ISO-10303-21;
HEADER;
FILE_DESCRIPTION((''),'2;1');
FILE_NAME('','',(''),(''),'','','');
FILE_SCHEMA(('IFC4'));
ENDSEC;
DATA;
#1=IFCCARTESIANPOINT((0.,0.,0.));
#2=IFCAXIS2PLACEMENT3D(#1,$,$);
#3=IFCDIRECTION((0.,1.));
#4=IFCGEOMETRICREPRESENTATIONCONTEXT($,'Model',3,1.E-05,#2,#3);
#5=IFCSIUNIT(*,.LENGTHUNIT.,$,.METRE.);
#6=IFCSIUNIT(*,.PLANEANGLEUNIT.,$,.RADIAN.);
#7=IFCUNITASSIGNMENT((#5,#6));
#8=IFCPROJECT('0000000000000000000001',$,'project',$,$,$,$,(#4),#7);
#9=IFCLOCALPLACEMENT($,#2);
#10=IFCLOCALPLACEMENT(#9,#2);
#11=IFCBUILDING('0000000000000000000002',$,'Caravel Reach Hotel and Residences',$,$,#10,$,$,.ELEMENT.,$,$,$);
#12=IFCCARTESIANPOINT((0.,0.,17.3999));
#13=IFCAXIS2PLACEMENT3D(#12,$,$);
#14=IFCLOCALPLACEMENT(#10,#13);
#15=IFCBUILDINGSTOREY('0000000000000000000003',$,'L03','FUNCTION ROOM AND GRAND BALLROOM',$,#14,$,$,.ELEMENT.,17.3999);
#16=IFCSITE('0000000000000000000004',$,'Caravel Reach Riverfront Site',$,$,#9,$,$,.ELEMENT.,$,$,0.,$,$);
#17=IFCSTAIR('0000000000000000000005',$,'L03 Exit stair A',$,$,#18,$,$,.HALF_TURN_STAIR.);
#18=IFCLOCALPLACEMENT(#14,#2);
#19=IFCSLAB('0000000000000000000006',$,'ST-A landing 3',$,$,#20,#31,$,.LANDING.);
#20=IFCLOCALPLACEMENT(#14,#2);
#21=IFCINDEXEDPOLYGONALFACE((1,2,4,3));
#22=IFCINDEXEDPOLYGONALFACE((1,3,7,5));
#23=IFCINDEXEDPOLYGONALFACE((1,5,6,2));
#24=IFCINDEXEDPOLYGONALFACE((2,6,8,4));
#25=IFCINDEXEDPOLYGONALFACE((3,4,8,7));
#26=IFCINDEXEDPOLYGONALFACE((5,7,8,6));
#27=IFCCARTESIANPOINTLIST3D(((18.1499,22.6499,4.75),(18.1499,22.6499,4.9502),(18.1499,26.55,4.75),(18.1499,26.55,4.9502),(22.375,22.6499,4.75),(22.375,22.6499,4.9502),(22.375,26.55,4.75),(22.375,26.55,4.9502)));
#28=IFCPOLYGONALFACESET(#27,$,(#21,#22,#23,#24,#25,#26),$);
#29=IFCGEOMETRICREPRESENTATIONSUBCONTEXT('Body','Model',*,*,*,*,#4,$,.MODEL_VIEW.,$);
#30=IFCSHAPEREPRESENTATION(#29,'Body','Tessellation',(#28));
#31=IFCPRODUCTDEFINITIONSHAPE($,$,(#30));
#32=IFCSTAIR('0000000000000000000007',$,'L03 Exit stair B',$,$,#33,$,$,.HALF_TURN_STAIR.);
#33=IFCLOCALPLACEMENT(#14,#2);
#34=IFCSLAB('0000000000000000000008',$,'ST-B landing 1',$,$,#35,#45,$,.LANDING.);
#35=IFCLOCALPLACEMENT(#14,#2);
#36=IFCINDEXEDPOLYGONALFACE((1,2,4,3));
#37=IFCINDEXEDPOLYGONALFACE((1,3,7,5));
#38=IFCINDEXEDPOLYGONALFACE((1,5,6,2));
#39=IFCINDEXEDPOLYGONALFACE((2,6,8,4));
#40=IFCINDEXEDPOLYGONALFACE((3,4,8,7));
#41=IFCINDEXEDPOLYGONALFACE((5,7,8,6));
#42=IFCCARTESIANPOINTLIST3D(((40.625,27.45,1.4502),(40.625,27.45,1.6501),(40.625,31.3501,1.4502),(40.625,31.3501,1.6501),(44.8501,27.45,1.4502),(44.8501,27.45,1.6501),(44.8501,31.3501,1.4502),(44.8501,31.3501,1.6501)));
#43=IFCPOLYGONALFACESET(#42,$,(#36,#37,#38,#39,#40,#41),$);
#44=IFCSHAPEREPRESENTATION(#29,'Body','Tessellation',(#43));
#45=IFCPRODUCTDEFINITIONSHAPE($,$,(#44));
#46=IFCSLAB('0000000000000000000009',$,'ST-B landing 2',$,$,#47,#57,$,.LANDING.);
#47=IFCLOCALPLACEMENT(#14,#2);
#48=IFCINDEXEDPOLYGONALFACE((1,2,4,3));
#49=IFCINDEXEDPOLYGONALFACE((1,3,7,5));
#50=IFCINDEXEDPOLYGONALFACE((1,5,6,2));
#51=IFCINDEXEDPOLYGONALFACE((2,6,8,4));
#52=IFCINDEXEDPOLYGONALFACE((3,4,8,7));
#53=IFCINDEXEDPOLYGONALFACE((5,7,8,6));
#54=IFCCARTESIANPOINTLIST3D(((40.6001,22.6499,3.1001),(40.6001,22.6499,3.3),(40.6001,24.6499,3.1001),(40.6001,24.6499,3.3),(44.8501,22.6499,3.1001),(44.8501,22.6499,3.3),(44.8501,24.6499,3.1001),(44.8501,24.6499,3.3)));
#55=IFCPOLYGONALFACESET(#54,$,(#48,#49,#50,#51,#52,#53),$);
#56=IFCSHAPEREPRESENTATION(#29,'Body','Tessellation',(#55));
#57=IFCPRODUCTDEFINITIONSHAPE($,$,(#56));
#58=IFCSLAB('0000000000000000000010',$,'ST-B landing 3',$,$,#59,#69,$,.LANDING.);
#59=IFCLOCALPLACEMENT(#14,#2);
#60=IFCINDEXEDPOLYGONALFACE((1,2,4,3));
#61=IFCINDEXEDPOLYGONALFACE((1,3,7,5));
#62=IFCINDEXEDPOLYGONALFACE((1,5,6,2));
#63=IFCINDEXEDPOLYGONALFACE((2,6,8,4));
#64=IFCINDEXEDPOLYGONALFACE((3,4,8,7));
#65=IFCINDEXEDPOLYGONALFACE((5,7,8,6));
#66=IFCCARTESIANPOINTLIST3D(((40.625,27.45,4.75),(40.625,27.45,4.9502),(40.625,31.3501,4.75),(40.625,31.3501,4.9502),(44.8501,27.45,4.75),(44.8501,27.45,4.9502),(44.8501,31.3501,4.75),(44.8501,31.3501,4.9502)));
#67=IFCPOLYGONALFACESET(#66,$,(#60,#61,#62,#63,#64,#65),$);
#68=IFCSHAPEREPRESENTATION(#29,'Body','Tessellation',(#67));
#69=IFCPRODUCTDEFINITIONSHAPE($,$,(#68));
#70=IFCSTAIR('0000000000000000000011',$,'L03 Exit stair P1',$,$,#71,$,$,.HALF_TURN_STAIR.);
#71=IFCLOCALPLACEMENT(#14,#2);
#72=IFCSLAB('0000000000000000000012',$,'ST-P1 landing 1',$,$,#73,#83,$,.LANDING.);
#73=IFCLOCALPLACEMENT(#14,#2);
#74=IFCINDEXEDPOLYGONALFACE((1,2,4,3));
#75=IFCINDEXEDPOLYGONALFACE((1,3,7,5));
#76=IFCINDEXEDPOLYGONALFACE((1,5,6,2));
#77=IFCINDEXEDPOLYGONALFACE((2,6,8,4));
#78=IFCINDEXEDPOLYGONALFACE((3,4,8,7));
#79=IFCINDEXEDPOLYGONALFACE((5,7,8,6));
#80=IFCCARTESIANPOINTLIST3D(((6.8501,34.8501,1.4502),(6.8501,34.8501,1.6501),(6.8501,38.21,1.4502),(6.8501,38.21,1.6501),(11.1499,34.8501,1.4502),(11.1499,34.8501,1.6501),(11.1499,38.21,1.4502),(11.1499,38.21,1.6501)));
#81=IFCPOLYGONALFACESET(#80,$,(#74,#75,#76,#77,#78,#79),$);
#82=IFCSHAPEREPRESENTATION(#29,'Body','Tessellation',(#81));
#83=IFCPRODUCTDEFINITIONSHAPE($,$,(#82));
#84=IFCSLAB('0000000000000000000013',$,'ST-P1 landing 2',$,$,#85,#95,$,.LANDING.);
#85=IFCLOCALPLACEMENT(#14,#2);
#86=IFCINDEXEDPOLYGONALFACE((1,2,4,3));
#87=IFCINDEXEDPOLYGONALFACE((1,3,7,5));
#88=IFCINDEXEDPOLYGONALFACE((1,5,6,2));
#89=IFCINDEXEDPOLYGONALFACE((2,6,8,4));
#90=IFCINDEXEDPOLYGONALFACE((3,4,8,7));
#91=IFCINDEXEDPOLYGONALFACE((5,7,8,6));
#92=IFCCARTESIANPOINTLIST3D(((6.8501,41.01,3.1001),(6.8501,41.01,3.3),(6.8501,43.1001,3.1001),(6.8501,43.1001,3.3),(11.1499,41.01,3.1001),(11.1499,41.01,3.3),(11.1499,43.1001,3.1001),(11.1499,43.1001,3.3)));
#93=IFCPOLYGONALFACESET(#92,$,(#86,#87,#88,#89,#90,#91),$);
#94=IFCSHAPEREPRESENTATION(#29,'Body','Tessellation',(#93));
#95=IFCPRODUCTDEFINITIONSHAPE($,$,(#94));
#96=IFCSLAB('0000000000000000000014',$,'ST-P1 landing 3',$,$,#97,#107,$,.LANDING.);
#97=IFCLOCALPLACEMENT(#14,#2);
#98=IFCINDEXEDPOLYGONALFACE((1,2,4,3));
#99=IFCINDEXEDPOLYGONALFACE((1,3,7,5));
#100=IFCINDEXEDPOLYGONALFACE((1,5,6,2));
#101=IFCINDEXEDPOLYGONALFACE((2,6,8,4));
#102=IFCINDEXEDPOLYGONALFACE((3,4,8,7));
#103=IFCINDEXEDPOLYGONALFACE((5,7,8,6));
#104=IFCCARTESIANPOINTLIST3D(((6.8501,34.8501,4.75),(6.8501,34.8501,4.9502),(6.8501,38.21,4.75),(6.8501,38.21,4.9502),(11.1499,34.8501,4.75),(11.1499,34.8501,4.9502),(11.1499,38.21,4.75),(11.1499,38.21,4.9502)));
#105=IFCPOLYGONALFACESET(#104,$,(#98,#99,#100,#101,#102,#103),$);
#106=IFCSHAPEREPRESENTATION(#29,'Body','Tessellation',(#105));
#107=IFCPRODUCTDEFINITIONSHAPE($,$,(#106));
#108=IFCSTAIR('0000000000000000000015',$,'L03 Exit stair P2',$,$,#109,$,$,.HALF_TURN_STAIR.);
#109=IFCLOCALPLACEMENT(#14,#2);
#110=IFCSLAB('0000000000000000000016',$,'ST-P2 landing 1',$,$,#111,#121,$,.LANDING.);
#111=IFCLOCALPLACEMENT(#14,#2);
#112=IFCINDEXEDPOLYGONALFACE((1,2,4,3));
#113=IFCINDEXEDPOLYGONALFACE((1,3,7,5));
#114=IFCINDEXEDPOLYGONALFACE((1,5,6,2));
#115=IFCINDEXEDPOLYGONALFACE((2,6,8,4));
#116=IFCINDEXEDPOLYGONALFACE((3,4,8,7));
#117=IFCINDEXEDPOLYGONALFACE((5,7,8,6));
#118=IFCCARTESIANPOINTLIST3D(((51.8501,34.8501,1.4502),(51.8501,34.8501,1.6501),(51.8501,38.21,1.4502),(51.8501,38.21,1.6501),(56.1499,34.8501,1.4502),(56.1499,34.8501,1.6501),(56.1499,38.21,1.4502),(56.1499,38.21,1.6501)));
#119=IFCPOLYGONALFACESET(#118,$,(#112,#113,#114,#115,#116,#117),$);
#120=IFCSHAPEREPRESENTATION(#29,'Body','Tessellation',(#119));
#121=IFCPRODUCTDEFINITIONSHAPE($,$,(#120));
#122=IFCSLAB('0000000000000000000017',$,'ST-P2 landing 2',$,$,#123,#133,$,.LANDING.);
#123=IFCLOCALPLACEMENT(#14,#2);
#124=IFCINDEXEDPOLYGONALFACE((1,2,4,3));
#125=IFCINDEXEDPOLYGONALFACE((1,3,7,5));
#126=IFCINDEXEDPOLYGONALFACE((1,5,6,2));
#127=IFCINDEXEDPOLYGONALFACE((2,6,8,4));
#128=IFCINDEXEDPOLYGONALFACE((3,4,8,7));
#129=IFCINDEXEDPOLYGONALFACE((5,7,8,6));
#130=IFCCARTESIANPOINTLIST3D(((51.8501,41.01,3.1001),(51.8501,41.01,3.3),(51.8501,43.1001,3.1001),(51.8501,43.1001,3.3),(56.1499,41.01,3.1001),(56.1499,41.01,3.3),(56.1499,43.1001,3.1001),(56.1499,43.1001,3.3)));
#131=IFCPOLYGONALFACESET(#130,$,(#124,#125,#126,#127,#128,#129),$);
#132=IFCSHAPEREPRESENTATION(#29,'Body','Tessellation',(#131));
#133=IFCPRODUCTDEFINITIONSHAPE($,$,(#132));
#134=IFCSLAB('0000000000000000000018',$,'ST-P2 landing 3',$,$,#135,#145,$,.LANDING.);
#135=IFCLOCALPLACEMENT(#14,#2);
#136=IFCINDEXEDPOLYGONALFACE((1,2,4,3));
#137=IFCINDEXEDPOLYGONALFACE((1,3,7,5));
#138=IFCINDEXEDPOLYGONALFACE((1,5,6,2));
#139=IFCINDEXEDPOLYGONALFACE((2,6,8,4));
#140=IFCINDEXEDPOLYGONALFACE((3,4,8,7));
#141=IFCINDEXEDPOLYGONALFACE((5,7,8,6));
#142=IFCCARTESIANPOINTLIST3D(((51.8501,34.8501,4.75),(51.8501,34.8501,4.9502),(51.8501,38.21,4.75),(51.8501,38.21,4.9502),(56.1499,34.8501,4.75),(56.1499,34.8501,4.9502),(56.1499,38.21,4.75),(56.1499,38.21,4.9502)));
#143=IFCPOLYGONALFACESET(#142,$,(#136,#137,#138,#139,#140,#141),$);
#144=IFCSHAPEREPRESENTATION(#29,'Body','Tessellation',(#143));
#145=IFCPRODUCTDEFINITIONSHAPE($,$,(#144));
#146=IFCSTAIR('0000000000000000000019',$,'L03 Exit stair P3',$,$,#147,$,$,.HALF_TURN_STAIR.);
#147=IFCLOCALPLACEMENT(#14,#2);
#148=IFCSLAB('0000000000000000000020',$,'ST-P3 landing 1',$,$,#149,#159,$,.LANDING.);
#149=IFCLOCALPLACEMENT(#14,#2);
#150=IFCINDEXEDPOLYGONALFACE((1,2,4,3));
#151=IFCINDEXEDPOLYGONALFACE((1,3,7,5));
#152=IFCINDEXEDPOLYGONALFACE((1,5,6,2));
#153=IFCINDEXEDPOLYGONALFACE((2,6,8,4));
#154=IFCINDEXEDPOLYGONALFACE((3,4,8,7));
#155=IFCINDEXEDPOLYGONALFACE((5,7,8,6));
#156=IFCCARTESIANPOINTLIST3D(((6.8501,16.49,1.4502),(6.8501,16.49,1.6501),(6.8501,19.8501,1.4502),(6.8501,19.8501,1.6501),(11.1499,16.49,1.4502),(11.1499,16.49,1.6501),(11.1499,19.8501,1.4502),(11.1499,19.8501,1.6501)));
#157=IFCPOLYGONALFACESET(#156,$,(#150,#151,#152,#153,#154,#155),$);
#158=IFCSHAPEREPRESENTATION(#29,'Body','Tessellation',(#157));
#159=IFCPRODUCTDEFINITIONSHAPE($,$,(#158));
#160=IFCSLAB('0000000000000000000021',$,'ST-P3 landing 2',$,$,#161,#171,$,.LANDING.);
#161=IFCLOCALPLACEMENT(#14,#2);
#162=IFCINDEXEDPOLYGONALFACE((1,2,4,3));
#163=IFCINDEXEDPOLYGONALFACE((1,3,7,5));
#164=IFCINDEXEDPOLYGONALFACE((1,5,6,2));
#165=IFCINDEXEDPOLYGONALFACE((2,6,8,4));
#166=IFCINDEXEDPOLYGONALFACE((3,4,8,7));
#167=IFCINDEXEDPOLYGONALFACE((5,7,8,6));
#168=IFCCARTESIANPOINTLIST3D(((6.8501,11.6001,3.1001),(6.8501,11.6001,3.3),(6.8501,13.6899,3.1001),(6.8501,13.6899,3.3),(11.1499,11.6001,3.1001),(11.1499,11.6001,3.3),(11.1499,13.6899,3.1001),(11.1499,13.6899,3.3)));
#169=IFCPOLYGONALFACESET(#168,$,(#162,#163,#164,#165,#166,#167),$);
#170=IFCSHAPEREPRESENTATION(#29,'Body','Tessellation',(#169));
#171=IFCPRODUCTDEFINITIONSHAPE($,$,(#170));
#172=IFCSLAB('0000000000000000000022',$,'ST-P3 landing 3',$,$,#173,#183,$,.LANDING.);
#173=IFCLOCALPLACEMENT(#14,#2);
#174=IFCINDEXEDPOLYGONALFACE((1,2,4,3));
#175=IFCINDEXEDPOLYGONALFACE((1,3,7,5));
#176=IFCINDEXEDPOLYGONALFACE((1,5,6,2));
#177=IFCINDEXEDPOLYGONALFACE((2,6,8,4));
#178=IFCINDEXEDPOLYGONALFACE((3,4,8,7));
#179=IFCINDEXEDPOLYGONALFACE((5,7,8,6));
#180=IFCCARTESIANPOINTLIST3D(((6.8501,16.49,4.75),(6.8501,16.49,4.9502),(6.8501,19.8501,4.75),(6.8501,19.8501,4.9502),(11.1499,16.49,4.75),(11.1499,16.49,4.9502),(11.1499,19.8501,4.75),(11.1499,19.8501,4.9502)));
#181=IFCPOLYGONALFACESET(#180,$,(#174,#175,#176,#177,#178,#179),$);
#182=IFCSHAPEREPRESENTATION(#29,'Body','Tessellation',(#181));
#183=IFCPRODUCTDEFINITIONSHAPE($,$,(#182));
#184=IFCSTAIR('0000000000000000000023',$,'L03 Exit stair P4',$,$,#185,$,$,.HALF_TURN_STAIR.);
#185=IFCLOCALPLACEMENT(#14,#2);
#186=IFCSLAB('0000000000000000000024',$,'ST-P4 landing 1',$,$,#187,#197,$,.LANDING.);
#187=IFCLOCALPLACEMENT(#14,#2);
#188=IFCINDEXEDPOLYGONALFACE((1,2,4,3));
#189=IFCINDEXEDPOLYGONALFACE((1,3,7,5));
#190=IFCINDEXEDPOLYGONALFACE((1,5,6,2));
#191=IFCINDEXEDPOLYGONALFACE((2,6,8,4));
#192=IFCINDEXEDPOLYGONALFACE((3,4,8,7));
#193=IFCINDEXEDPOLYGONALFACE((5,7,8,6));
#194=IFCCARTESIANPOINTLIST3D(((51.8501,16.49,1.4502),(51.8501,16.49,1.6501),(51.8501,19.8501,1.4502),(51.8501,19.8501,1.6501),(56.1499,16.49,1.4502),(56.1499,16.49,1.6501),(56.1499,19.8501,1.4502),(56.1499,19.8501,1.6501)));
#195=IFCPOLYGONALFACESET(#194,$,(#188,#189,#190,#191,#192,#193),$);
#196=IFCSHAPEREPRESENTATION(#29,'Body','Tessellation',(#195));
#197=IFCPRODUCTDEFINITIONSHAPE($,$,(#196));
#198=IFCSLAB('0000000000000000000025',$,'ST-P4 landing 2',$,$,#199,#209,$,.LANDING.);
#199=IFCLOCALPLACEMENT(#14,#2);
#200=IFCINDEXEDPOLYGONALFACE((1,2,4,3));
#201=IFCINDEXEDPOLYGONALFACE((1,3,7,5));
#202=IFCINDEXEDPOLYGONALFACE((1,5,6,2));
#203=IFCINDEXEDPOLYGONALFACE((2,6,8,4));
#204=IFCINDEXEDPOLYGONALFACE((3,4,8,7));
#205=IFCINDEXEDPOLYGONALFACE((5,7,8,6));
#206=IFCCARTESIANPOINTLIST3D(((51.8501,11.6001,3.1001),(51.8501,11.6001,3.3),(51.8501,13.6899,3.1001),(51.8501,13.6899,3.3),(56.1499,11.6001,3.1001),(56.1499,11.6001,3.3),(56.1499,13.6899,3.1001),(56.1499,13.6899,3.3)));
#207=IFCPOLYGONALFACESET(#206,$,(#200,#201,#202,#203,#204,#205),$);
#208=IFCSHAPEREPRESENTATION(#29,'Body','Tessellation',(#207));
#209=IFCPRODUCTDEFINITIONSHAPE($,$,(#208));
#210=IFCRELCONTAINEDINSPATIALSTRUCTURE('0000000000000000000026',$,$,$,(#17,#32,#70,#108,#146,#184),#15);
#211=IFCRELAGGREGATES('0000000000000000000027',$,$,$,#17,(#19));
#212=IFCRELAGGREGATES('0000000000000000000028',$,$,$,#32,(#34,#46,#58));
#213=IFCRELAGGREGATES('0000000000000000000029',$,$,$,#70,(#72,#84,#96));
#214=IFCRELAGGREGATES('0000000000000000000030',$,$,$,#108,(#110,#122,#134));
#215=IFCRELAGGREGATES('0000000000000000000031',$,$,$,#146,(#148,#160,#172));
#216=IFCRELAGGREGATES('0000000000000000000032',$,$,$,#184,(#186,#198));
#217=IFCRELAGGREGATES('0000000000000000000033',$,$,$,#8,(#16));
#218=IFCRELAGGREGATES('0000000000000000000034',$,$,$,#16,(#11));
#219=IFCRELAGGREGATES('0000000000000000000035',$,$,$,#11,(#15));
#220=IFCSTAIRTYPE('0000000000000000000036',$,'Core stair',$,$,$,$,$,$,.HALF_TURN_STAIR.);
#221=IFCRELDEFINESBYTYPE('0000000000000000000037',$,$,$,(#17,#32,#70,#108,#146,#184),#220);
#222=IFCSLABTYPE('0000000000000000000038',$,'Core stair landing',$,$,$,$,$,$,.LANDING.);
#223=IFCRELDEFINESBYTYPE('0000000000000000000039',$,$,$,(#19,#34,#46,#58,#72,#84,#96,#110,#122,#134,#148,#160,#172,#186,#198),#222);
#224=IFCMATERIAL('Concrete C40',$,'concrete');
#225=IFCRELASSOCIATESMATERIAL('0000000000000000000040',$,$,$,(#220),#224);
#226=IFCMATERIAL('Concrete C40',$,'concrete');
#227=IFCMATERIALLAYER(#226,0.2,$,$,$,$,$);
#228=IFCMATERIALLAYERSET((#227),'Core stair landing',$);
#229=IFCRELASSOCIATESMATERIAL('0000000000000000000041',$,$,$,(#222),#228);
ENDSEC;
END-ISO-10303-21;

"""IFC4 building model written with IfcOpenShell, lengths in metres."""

from ifc_helpers import new_model, si_unit, direction, frame, origin, place, context, subcontext, project, spatial, polyline, outline, extrude, material, layer, layer_set, type_object, element, aggregate, save


model = new_model("IFC4")

# Units and contexts
model_context = context("Model", 3, precision=1e-05, world=origin(), true_north=direction((0.0, 1.0)))
body_context = subcontext(model_context, "Body", "Model", "MODEL_VIEW")
ifc_project = project(units=[si_unit("LENGTHUNIT", "METRE"), si_unit("PLANEANGLEUNIT", "RADIAN")], contexts=[model_context])

# Site, building, storey
site_placement = place(None, origin())
site = spatial("IfcSite", under=ifc_project, at=site_placement, Name="Caravel Reach Riverfront Site", CompositionType="ELEMENT", RefElevation=0.0)
building_placement = place(site_placement, origin())
building = spatial("IfcBuilding", under=site, at=building_placement, Name="Caravel Reach Hotel and Residences", CompositionType="ELEMENT")
storey_placement = place(building_placement, frame((0.0, 0.0, 17.3999)))
storey = spatial("IfcBuildingStorey", under=building, at=storey_placement, Name="L03", Description="FUNCTION ROOM AND GRAND BALLROOM", CompositionType="ELEMENT", Elevation=17.3999)

# Stairs, slabs
ifc_material_1 = material(Name="Concrete C40", Category="concrete")
stair_type = type_object("IfcStairType", Name="Core stair", PredefinedType="HALF_TURN_STAIR", material=ifc_material_1)
stair_1_placement = place(storey_placement, origin())
stair_1 = element("IfcStair", 1, at=stair_1_placement, inside=storey, type_object=stair_type, Name="L03 Exit stair A", PredefinedType="HALF_TURN_STAIR")
ifc_material_2 = material(Name="Concrete C40", Category="concrete")
ifc_layer_1 = layer(ifc_material_2, 0.2)
ifc_layer_set_1 = layer_set([ifc_layer_1], Name="Core stair landing")
slab_type_1 = type_object("IfcSlabType", Name="Core stair landing", PredefinedType="LANDING", material=ifc_layer_set_1)
slab_1_placement = place(storey_placement, frame((0.0, 0.0, 4.75)))
slab_1 = element("IfcSlab", 2, at=slab_1_placement, type_object=slab_type_1, Name="ST-A landing 3", PredefinedType="LANDING", context=body_context, shape_type="SweptSolid", body=[
    extrude(outline(polyline([(18.1499, 26.55), (18.1499, 22.6499), (22.375, 22.6499), (22.375, 26.55), (18.1499, 26.55)])), origin(), (0.0, 0.0, 1.0), 0.2002),
])
aggregate(stair_1, [slab_1])
stair_2_placement = place(storey_placement, origin())
stair_2 = element("IfcStair", 3, at=stair_2_placement, inside=storey, type_object=stair_type, Name="L03 Exit stair B", PredefinedType="HALF_TURN_STAIR")
slab_2_placement = place(storey_placement, frame((0.0, 0.0, 1.4502)))
slab_2 = element("IfcSlab", 4, at=slab_2_placement, type_object=slab_type_1, Name="ST-B landing 1", PredefinedType="LANDING", context=body_context, shape_type="SweptSolid", body=[
    extrude(outline(polyline([(44.8501, 27.45), (44.8501, 31.3501), (40.625, 31.3501), (40.625, 27.45), (44.8501, 27.45)])), origin(), (0.0, 0.0, 1.0), 0.2),
])
slab_3_placement = place(storey_placement, frame((0.0, 0.0, 3.1001)))
slab_3 = element("IfcSlab", 5, at=slab_3_placement, type_object=slab_type_1, Name="ST-B landing 2", PredefinedType="LANDING", context=body_context, shape_type="SweptSolid", body=[
    extrude(outline(polyline([(44.8501, 22.6499), (44.8501, 24.6499), (40.6001, 24.6499), (40.6001, 22.6499), (44.8501, 22.6499)])), origin(), (0.0, 0.0, 1.0), 0.2),
])
slab_4_placement = place(storey_placement, frame((0.0, 0.0, 4.75)))
slab_4 = element("IfcSlab", 6, at=slab_4_placement, type_object=slab_type_1, Name="ST-B landing 3", PredefinedType="LANDING", context=body_context, shape_type="SweptSolid", body=[
    extrude(outline(polyline([(44.8501, 27.45), (44.8501, 31.3501), (40.625, 31.3501), (40.625, 27.45), (44.8501, 27.45)])), origin(), (0.0, 0.0, 1.0), 0.2002),
])
aggregate(stair_2, [slab_2, slab_3, slab_4])
stair_3_placement = place(storey_placement, origin())
stair_3 = element("IfcStair", 7, at=stair_3_placement, inside=storey, type_object=stair_type, Name="L03 Exit stair P1", PredefinedType="HALF_TURN_STAIR")
slab_5_placement = place(storey_placement, frame((0.0, 0.0, 1.4502)))
slab_5 = element("IfcSlab", 8, at=slab_5_placement, type_object=slab_type_1, Name="ST-P1 landing 1", PredefinedType="LANDING", context=body_context, shape_type="SweptSolid", body=[
    extrude(outline(polyline([(6.8501, 38.21), (6.8501, 34.8501), (11.1499, 34.8501), (11.1499, 38.21), (6.8501, 38.21)])), origin(), (0.0, 0.0, 1.0), 0.2),
])
slab_6_placement = place(storey_placement, frame((0.0, 0.0, 3.1001)))
slab_6 = element("IfcSlab", 9, at=slab_6_placement, type_object=slab_type_1, Name="ST-P1 landing 2", PredefinedType="LANDING", context=body_context, shape_type="SweptSolid", body=[
    extrude(outline(polyline([(6.8501, 43.1001), (6.8501, 41.01), (11.1499, 41.01), (11.1499, 43.1001), (6.8501, 43.1001)])), origin(), (0.0, 0.0, 1.0), 0.2),
])
slab_7_placement = place(storey_placement, frame((0.0, 0.0, 4.75)))
slab_7 = element("IfcSlab", 10, at=slab_7_placement, type_object=slab_type_1, Name="ST-P1 landing 3", PredefinedType="LANDING", context=body_context, shape_type="SweptSolid", body=[
    extrude(outline(polyline([(6.8501, 38.21), (6.8501, 34.8501), (11.1499, 34.8501), (11.1499, 38.21), (6.8501, 38.21)])), origin(), (0.0, 0.0, 1.0), 0.2002),
])
aggregate(stair_3, [slab_5, slab_6, slab_7])
stair_4_placement = place(storey_placement, origin())
stair_4 = element("IfcStair", 11, at=stair_4_placement, inside=storey, type_object=stair_type, Name="L03 Exit stair P2", PredefinedType="HALF_TURN_STAIR")
slab_8_placement = place(storey_placement, frame((0.0, 0.0, 1.4502)))
slab_8 = element("IfcSlab", 12, at=slab_8_placement, type_object=slab_type_1, Name="ST-P2 landing 1", PredefinedType="LANDING", context=body_context, shape_type="SweptSolid", body=[
    extrude(outline(polyline([(51.8501, 38.21), (51.8501, 34.8501), (56.1499, 34.8501), (56.1499, 38.21), (51.8501, 38.21)])), origin(), (0.0, 0.0, 1.0), 0.2),
])
slab_9_placement = place(storey_placement, frame((0.0, 0.0, 3.1001)))
slab_9 = element("IfcSlab", 13, at=slab_9_placement, type_object=slab_type_1, Name="ST-P2 landing 2", PredefinedType="LANDING", context=body_context, shape_type="SweptSolid", body=[
    extrude(outline(polyline([(51.8501, 43.1001), (51.8501, 41.01), (56.1499, 41.01), (56.1499, 43.1001), (51.8501, 43.1001)])), origin(), (0.0, 0.0, 1.0), 0.2),
])
slab_10_placement = place(storey_placement, frame((0.0, 0.0, 4.75)))
slab_10 = element("IfcSlab", 14, at=slab_10_placement, type_object=slab_type_1, Name="ST-P2 landing 3", PredefinedType="LANDING", context=body_context, shape_type="SweptSolid", body=[
    extrude(outline(polyline([(51.8501, 38.21), (51.8501, 34.8501), (56.1499, 34.8501), (56.1499, 38.21), (51.8501, 38.21)])), origin(), (0.0, 0.0, 1.0), 0.2002),
])
aggregate(stair_4, [slab_8, slab_9, slab_10])
stair_5_placement = place(storey_placement, origin())
stair_5 = element("IfcStair", 15, at=stair_5_placement, inside=storey, type_object=stair_type, Name="L03 Exit stair P3", PredefinedType="HALF_TURN_STAIR")
slab_11_placement = place(storey_placement, frame((0.0, 0.0, 1.4502)))
slab_11 = element("IfcSlab", 16, at=slab_11_placement, type_object=slab_type_1, Name="ST-P3 landing 1", PredefinedType="LANDING", context=body_context, shape_type="SweptSolid", body=[
    extrude(outline(polyline([(11.1499, 16.49), (11.1499, 19.8501), (6.8501, 19.8501), (6.8501, 16.49), (11.1499, 16.49)])), origin(), (0.0, 0.0, 1.0), 0.2),
])
slab_12_placement = place(storey_placement, frame((0.0, 0.0, 3.1001)))
slab_12 = element("IfcSlab", 17, at=slab_12_placement, type_object=slab_type_1, Name="ST-P3 landing 2", PredefinedType="LANDING", context=body_context, shape_type="SweptSolid", body=[
    extrude(outline(polyline([(11.1499, 11.6001), (11.1499, 13.6899), (6.8501, 13.6899), (6.8501, 11.6001), (11.1499, 11.6001)])), origin(), (0.0, 0.0, 1.0), 0.2),
])
slab_13_placement = place(storey_placement, frame((0.0, 0.0, 4.75)))
slab_13 = element("IfcSlab", 18, at=slab_13_placement, type_object=slab_type_1, Name="ST-P3 landing 3", PredefinedType="LANDING", context=body_context, shape_type="SweptSolid", body=[
    extrude(outline(polyline([(11.1499, 16.49), (11.1499, 19.8501), (6.8501, 19.8501), (6.8501, 16.49), (11.1499, 16.49)])), origin(), (0.0, 0.0, 1.0), 0.2002),
])
aggregate(stair_5, [slab_11, slab_12, slab_13])
stair_6_placement = place(storey_placement, origin())
stair_6 = element("IfcStair", 19, at=stair_6_placement, inside=storey, type_object=stair_type, Name="L03 Exit stair P4", PredefinedType="HALF_TURN_STAIR")
slab_14_placement = place(storey_placement, frame((0.0, 0.0, 1.4502)))
slab_14 = element("IfcSlab", 20, at=slab_14_placement, type_object=slab_type_1, Name="ST-P4 landing 1", PredefinedType="LANDING", context=body_context, shape_type="SweptSolid", body=[
    extrude(outline(polyline([(56.1499, 16.49), (56.1499, 19.8501), (51.8501, 19.8501), (51.8501, 16.49), (56.1499, 16.49)])), origin(), (0.0, 0.0, 1.0), 0.2),
])
slab_15_placement = place(storey_placement, frame((0.0, 0.0, 3.1001)))
slab_15 = element("IfcSlab", 21, at=slab_15_placement, type_object=slab_type_1, Name="ST-P4 landing 2", PredefinedType="LANDING", context=body_context, shape_type="SweptSolid", body=[
    extrude(outline(polyline([(56.1499, 11.6001), (56.1499, 13.6899), (51.8501, 13.6899), (51.8501, 11.6001), (56.1499, 11.6001)])), origin(), (0.0, 0.0, 1.0), 0.2),
])
aggregate(stair_6, [slab_14, slab_15])

save(model, "model.ifc")
